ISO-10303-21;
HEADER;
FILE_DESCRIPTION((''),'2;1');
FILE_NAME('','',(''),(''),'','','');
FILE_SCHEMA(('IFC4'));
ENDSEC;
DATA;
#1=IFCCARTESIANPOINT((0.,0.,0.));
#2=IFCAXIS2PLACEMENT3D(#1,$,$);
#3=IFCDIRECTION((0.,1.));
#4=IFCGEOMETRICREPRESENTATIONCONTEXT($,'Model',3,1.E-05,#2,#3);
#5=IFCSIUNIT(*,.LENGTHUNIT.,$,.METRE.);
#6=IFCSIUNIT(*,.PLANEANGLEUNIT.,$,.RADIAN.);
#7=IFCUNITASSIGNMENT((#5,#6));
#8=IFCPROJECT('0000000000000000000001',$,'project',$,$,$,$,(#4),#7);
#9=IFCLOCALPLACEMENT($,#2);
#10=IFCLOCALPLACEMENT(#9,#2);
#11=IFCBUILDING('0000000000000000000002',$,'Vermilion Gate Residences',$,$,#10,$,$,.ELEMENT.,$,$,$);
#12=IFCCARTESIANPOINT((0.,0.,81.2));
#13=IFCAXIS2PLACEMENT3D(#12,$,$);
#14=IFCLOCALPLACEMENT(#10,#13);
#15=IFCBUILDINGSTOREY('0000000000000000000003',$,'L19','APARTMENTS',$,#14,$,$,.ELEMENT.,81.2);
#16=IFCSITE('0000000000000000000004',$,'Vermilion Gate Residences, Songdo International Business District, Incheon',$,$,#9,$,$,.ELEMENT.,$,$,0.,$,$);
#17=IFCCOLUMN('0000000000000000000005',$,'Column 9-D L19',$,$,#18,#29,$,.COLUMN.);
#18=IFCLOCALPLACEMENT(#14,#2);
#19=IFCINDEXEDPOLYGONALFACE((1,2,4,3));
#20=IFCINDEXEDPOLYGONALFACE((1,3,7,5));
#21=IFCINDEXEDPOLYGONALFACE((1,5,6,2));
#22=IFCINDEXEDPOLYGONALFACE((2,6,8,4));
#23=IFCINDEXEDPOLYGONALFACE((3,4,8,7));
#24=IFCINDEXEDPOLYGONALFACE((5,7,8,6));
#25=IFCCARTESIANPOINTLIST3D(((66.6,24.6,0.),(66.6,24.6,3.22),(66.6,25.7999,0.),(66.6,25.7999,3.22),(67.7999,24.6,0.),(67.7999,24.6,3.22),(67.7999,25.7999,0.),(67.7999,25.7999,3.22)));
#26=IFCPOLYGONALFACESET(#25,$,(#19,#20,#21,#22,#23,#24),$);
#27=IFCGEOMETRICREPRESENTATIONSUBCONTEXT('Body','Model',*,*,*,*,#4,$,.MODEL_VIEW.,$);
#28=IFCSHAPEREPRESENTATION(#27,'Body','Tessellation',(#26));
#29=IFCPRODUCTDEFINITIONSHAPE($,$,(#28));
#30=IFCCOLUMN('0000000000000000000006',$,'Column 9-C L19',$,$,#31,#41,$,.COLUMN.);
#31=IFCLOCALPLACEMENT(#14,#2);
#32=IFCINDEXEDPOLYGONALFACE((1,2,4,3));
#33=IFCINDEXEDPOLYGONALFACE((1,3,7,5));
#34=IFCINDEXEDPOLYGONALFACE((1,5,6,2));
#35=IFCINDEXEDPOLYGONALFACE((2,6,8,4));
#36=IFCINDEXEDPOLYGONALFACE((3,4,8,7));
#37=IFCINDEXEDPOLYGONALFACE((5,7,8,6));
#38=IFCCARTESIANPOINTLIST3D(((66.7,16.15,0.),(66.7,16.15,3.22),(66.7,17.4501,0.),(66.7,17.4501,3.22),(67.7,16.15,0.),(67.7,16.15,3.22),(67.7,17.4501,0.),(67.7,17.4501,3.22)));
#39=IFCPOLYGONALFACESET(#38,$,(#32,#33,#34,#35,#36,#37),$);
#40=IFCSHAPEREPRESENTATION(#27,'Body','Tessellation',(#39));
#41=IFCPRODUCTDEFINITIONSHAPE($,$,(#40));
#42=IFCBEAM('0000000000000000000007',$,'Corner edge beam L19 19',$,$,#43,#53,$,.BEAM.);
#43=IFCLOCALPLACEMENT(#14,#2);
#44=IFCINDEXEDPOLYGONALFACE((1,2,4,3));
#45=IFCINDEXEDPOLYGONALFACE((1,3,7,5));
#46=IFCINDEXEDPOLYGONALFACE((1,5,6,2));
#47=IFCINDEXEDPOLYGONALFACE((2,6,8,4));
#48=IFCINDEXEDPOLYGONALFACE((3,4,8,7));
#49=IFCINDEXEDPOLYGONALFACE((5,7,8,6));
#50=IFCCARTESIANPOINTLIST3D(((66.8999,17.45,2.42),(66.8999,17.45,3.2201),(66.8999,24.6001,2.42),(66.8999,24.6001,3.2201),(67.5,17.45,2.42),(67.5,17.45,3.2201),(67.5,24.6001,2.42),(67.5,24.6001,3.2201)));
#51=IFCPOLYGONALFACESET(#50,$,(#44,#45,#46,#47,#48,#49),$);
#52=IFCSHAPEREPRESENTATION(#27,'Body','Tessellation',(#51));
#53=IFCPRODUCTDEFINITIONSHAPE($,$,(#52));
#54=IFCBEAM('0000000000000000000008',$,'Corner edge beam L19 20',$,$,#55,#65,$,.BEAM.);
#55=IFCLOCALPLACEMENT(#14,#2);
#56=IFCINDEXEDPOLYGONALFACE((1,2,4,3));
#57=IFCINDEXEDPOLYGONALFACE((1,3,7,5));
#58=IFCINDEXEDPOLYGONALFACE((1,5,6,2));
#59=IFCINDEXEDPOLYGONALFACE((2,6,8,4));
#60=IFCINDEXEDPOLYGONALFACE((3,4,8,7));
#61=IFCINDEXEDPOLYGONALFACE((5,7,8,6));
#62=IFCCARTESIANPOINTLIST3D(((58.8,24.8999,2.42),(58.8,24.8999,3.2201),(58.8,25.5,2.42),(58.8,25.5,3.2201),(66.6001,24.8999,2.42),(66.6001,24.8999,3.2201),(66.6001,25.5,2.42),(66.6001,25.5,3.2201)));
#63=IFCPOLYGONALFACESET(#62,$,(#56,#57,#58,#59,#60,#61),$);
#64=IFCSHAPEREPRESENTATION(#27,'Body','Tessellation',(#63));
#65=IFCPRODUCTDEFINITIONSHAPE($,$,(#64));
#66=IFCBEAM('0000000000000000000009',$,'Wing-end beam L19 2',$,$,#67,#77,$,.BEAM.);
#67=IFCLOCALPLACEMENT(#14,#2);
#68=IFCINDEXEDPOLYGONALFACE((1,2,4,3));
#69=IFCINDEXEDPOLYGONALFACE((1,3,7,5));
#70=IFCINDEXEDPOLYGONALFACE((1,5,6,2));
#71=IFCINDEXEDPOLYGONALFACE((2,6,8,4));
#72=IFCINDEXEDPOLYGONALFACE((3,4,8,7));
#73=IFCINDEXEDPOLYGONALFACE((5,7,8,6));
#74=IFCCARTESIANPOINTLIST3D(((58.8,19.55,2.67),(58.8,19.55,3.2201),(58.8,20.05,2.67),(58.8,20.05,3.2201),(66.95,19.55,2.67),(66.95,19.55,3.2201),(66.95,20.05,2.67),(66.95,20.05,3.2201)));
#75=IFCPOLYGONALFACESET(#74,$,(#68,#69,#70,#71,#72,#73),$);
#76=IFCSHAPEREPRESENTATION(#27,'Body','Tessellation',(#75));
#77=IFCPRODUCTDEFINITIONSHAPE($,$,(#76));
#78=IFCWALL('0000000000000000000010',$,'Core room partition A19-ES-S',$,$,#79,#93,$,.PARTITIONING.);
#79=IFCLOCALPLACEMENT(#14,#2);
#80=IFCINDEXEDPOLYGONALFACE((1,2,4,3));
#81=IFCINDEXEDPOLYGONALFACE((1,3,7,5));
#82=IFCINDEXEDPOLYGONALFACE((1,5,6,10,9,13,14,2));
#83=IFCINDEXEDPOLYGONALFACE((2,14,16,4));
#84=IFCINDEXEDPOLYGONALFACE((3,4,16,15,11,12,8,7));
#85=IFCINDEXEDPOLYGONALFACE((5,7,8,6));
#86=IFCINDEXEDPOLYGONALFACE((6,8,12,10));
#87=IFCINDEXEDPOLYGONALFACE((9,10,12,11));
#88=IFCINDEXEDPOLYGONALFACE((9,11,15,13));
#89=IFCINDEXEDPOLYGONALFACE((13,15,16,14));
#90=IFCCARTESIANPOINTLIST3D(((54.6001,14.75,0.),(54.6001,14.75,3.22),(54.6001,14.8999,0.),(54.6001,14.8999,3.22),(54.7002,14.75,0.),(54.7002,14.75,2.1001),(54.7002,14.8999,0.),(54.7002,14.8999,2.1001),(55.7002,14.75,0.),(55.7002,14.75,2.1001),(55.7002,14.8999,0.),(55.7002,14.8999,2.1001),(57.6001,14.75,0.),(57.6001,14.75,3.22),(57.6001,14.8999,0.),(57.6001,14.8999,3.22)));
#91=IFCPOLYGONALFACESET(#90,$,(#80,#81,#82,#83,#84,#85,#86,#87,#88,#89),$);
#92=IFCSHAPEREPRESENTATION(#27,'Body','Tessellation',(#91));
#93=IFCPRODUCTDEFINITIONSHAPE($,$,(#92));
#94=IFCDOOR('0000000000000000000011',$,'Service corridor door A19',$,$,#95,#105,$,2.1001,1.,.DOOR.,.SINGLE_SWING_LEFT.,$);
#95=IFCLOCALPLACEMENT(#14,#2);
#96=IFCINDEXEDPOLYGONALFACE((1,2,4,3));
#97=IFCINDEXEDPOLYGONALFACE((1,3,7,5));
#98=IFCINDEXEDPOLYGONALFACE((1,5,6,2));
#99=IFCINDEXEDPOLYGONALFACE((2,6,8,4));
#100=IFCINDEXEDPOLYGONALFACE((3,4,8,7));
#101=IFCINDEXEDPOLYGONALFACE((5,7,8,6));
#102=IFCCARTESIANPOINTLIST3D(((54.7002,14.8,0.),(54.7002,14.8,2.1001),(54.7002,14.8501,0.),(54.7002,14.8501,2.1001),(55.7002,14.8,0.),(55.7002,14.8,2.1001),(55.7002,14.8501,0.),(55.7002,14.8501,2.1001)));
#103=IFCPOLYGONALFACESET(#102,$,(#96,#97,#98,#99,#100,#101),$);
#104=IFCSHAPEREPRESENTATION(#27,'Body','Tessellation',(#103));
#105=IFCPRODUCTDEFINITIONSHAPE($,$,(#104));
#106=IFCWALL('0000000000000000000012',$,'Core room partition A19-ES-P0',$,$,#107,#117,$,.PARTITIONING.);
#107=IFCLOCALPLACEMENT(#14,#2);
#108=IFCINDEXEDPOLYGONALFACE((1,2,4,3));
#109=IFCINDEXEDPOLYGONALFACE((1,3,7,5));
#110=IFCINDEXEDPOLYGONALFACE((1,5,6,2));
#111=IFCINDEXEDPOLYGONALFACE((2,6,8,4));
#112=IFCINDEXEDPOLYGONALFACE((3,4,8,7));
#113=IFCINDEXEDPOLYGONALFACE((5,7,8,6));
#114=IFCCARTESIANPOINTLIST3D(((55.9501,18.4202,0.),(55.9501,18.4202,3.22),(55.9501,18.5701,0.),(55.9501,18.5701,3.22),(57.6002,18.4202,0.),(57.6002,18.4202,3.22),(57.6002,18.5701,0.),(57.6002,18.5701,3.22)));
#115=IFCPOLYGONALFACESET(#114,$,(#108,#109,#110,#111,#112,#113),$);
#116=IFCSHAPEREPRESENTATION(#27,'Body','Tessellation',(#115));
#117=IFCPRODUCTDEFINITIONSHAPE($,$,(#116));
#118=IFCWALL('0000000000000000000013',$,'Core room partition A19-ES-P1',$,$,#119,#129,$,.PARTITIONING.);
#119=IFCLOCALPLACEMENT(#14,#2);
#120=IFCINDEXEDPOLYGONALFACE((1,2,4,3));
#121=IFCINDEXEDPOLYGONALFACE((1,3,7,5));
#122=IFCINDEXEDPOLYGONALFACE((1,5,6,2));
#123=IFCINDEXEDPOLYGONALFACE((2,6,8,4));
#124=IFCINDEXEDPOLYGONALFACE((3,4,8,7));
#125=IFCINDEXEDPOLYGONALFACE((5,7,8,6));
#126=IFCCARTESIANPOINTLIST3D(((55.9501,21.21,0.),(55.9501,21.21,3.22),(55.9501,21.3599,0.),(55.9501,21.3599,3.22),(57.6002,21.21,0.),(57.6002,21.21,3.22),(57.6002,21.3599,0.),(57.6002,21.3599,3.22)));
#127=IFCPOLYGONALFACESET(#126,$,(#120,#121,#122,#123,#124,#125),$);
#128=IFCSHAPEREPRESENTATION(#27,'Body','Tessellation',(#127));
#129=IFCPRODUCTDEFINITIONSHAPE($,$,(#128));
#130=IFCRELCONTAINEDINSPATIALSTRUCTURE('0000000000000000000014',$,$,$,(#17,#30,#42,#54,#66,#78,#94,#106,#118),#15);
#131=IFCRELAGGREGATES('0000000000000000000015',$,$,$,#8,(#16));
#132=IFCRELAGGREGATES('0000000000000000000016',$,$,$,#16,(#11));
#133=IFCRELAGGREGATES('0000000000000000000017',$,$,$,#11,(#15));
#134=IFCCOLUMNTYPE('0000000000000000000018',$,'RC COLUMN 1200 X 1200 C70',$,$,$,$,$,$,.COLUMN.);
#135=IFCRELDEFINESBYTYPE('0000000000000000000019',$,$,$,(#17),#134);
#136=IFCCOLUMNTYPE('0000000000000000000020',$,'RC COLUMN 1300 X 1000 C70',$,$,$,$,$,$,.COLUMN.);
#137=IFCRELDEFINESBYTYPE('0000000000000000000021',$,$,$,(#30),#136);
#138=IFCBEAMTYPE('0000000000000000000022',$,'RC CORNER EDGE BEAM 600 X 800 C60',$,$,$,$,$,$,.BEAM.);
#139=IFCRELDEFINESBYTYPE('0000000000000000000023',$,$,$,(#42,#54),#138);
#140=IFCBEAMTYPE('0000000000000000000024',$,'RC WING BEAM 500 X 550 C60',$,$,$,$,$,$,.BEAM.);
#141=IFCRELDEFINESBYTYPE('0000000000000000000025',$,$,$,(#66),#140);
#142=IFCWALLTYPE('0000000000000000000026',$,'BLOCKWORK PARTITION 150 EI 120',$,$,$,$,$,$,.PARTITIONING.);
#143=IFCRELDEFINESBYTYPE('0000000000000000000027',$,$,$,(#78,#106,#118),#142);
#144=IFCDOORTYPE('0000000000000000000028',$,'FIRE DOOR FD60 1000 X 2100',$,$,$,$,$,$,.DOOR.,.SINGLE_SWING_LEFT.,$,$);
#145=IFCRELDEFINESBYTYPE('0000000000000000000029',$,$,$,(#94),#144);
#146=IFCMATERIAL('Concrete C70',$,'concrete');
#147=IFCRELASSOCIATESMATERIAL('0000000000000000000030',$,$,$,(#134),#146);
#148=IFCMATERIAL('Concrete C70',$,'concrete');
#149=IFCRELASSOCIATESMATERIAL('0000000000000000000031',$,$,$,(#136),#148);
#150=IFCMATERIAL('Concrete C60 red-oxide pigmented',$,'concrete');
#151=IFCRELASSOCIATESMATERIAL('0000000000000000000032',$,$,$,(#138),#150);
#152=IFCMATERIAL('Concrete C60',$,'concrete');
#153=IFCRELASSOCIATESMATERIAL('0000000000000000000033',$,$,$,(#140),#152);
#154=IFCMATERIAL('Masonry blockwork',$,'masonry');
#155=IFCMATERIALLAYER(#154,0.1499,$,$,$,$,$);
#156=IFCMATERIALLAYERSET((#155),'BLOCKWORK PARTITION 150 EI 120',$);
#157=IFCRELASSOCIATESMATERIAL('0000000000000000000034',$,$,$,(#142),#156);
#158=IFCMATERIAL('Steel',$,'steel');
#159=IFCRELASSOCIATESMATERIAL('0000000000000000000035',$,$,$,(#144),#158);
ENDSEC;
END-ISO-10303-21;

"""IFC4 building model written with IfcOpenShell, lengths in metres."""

from ifc_helpers import new_model, si_unit, direction, frame, frame_2d, origin, origin_2d, place, context, subcontext, project, spatial, rectangle, extrude, material, layer, layer_set, material_profile, profile_set, type_object, element, fill, save


model = new_model("IFC4")

# Units and contexts
model_context = context("Model", 3, precision=1e-05, world=origin(), true_north=direction((0.0, 1.0)))
body_context = subcontext(model_context, "Body", "Model", "MODEL_VIEW")
ifc_project = project(units=[si_unit("LENGTHUNIT", "METRE"), si_unit("PLANEANGLEUNIT", "RADIAN")], contexts=[model_context])

# Site, building, storey
site_placement = place(None, origin())
site = spatial("IfcSite", under=ifc_project, at=site_placement, Name="Vermilion Gate Residences, Songdo International Business District, Incheon", CompositionType="ELEMENT", RefElevation=0.0)
building_placement = place(site_placement, origin())
building = spatial("IfcBuilding", under=site, at=building_placement, Name="Vermilion Gate Residences", CompositionType="ELEMENT")
storey_placement = place(building_placement, frame((0.0, 0.0, 81.2)))
storey = spatial("IfcBuildingStorey", under=building, at=storey_placement, Name="L19", Description="APARTMENTS", CompositionType="ELEMENT", Elevation=81.2)

# Columns
ifc_material_1 = material(Name="Concrete C70", Category="concrete")
ifc_material_profile_1 = material_profile(ifc_material_1, rectangle(XDim=1.2, YDim=1.2, at=origin_2d()), Name="RC-1200x1200")
ifc_profile_set_1 = profile_set([ifc_material_profile_1], Name="Concrete C70")
column_type_1 = type_object("IfcColumnType", Name="RC COLUMN 1200 X 1200 C70", PredefinedType="COLUMN", material=ifc_profile_set_1)
column_1_placement = place(storey_placement, frame((67.2, 25.2, 0.0), z_axis=(0.0, 0.0, 1.0), x_axis=(1.0, 0.0, 0.0)))
element("IfcColumn", 1, at=column_1_placement, inside=storey, type_object=column_type_1, Name="Column 9-D L19", PredefinedType="COLUMN", context=body_context, shape_type="SweptSolid", body=[
    extrude(rectangle(XDim=1.2, YDim=1.2, at=origin_2d()), origin(), (0.0, 0.0, 1.0), 3.22),
])
ifc_material_2 = material(Name="Concrete C70", Category="concrete")
ifc_material_profile_2 = material_profile(ifc_material_2, rectangle(XDim=1.3, YDim=1.0, at=origin_2d()), Name="RC-1300x1000")
ifc_profile_set_2 = profile_set([ifc_material_profile_2], Name="Concrete C70")
column_type_2 = type_object("IfcColumnType", Name="RC COLUMN 1300 X 1000 C70", PredefinedType="COLUMN", material=ifc_profile_set_2)
column_2_placement = place(storey_placement, frame((67.2, 16.8, 0.0), z_axis=(0.0, 0.0, 1.0), x_axis=(0.0, 1.0, 0.0)))
element("IfcColumn", 2, at=column_2_placement, inside=storey, type_object=column_type_2, Name="Column 9-C L19", PredefinedType="COLUMN", context=body_context, shape_type="SweptSolid", body=[
    extrude(rectangle(XDim=1.3, YDim=1.0, at=origin_2d()), origin(), (0.0, 0.0, 1.0), 3.22),
])

# Beams
ifc_material_3 = material(Name="Concrete C60 red-oxide pigmented", Category="concrete")
ifc_material_profile_3 = material_profile(ifc_material_3, rectangle(XDim=0.6001, YDim=0.8, at=origin_2d()), Name="RC-600x800")
ifc_profile_set_3 = profile_set([ifc_material_profile_3], Name="Concrete C60 red-oxide pigmented")
beam_type_1 = type_object("IfcBeamType", Name="RC CORNER EDGE BEAM 600 X 800 C60", PredefinedType="BEAM", material=ifc_profile_set_3)
beam_1_placement = place(storey_placement, frame((67.2, 17.45, 2.8201), z_axis=(0.0, 1.0, 0.0), x_axis=(-1.0, 0.0, 0.0)))
element("IfcBeam", 3, at=beam_1_placement, inside=storey, type_object=beam_type_1, Name="Corner edge beam L19 19", PredefinedType="BEAM", context=body_context, shape_type="SweptSolid", body=[
    extrude(rectangle(XDim=0.6001, YDim=0.8, at=origin_2d()), origin(), (0.0, 0.0, 1.0), 7.1501),
])
beam_2_placement = place(storey_placement, frame((58.8, 25.2, 2.8201), z_axis=(1.0, 0.0, 0.0), x_axis=(0.0, 1.0, 0.0)))
element("IfcBeam", 4, at=beam_2_placement, inside=storey, type_object=beam_type_1, Name="Corner edge beam L19 20", PredefinedType="BEAM", context=body_context, shape_type="SweptSolid", body=[
    extrude(rectangle(XDim=0.6001, YDim=0.8, at=origin_2d()), origin(), (0.0, 0.0, 1.0), 7.8),
])
ifc_material_4 = material(Name="Concrete C60", Category="concrete")
ifc_material_profile_4 = material_profile(ifc_material_4, rectangle(XDim=0.5, YDim=0.55, at=origin_2d()), Name="RC-500x550")
ifc_profile_set_4 = profile_set([ifc_material_profile_4], Name="Concrete C60")
beam_type_2 = type_object("IfcBeamType", Name="RC WING BEAM 500 X 550 C60", PredefinedType="BEAM", material=ifc_profile_set_4)
beam_3_placement = place(storey_placement, frame((58.8, 19.8, 2.9451), z_axis=(1.0, 0.0, 0.0), x_axis=(0.0, 1.0, 0.0)))
element("IfcBeam", 5, at=beam_3_placement, inside=storey, type_object=beam_type_2, Name="Wing-end beam L19 2", PredefinedType="BEAM", context=body_context, shape_type="SweptSolid", body=[
    extrude(rectangle(XDim=0.5, YDim=0.55, at=origin_2d()), origin(), (0.0, 0.0, 1.0), 8.1499),
])

# Wall, opening, door
ifc_material_5 = material(Name="Masonry blockwork", Category="masonry")
ifc_layer_1 = layer(ifc_material_5, 0.1499)
ifc_layer_set_1 = layer_set([ifc_layer_1], Name="BLOCKWORK PARTITION 150 EI 120")
wall_type_1 = type_object("IfcWallType", Name="BLOCKWORK PARTITION 150 EI 120", PredefinedType="PARTITIONING", material=ifc_layer_set_1)
wall_1_placement = place(storey_placement, frame((54.6001, 14.825, 0.0), z_axis=(0.0, 0.0, 1.0), x_axis=(1.0, 0.0, 0.0)))
wall_1 = element("IfcWall", 6, at=wall_1_placement, inside=storey, type_object=wall_type_1, Name="Core room partition A19-ES-S", PredefinedType="PARTITIONING", context=body_context, shape_type="SweptSolid", body=[
    extrude(rectangle(XDim=3.0, YDim=0.1499, at=frame_2d((1.5, 0.0))), origin(), (0.0, 0.0, 1.0), 3.22),
])
opening_1_placement = place(wall_1_placement, frame((0.1001, 0.0, 0.0)))
opening_1 = element("IfcOpeningElement", 7, at=opening_1_placement, cuts=wall_1, PredefinedType="OPENING", context=body_context, shape_type="SweptSolid", body=[
    extrude(rectangle(XDim=1.0, YDim=2.1001, at=frame_2d((0.5, 1.05))), frame((0.0, 0.085, 0.0), z_axis=(0.0, -1.0, 0.0), x_axis=(1.0, 0.0, 0.0)), (0.0, 0.0, 1.0), 0.1699),
])
ifc_material_6 = material(Name="Steel", Category="steel")
door_type_1 = type_object("IfcDoorType", Name="FIRE DOOR FD60 1000 X 2100", OperationType="SINGLE_SWING_LEFT", PredefinedType="DOOR", material=ifc_material_6)
door_1_placement = place(opening_1_placement, frame((1.0, 0.0, 0.0), z_axis=(0.0, 0.0, 1.0), x_axis=(-1.0, 0.0, 0.0)))
door_1 = element("IfcDoor", 8, at=door_1_placement, inside=storey, type_object=door_type_1, Name="Service corridor door A19", OperationType="SINGLE_SWING_LEFT", OverallHeight=2.1001, OverallWidth=1.0, PredefinedType="DOOR", context=body_context, shape_type="SweptSolid", body=[
    extrude(rectangle(XDim=1.0, YDim=2.1001, at=frame_2d((0.5, 1.05))), frame((0.0, 0.0249, 0.0), z_axis=(0.0, -1.0, 0.0), x_axis=(1.0, 0.0, 0.0)), (0.0, 0.0, 1.0), 0.05),
])
fill(opening_1, door_1)

# Walls
for number, where, z_axis, x_axis, name in (
    (9, (55.95, 18.4951, 0.0), (0.0, 0.0, 1.0), (1.0, 0.0, 0.0), "Core room partition A19-ES-P0"),
    (10, (55.95, 21.2849, 0.0), (0.0, 0.0, 1.0), (1.0, 0.0, 0.0), "Core room partition A19-ES-P1"),
):
    element("IfcWall", number, at=place(storey_placement, frame(where, z_axis=z_axis, x_axis=x_axis)), inside=storey, type_object=wall_type_1, Name=name, PredefinedType="PARTITIONING", context=body_context, shape_type="SweptSolid", body=[
        extrude(rectangle(XDim=1.6501, YDim=0.1499, at=frame_2d((0.8252, 0.0))), origin(), (0.0, 0.0, 1.0), 3.22),
    ])

save(model, "model.ifc")
